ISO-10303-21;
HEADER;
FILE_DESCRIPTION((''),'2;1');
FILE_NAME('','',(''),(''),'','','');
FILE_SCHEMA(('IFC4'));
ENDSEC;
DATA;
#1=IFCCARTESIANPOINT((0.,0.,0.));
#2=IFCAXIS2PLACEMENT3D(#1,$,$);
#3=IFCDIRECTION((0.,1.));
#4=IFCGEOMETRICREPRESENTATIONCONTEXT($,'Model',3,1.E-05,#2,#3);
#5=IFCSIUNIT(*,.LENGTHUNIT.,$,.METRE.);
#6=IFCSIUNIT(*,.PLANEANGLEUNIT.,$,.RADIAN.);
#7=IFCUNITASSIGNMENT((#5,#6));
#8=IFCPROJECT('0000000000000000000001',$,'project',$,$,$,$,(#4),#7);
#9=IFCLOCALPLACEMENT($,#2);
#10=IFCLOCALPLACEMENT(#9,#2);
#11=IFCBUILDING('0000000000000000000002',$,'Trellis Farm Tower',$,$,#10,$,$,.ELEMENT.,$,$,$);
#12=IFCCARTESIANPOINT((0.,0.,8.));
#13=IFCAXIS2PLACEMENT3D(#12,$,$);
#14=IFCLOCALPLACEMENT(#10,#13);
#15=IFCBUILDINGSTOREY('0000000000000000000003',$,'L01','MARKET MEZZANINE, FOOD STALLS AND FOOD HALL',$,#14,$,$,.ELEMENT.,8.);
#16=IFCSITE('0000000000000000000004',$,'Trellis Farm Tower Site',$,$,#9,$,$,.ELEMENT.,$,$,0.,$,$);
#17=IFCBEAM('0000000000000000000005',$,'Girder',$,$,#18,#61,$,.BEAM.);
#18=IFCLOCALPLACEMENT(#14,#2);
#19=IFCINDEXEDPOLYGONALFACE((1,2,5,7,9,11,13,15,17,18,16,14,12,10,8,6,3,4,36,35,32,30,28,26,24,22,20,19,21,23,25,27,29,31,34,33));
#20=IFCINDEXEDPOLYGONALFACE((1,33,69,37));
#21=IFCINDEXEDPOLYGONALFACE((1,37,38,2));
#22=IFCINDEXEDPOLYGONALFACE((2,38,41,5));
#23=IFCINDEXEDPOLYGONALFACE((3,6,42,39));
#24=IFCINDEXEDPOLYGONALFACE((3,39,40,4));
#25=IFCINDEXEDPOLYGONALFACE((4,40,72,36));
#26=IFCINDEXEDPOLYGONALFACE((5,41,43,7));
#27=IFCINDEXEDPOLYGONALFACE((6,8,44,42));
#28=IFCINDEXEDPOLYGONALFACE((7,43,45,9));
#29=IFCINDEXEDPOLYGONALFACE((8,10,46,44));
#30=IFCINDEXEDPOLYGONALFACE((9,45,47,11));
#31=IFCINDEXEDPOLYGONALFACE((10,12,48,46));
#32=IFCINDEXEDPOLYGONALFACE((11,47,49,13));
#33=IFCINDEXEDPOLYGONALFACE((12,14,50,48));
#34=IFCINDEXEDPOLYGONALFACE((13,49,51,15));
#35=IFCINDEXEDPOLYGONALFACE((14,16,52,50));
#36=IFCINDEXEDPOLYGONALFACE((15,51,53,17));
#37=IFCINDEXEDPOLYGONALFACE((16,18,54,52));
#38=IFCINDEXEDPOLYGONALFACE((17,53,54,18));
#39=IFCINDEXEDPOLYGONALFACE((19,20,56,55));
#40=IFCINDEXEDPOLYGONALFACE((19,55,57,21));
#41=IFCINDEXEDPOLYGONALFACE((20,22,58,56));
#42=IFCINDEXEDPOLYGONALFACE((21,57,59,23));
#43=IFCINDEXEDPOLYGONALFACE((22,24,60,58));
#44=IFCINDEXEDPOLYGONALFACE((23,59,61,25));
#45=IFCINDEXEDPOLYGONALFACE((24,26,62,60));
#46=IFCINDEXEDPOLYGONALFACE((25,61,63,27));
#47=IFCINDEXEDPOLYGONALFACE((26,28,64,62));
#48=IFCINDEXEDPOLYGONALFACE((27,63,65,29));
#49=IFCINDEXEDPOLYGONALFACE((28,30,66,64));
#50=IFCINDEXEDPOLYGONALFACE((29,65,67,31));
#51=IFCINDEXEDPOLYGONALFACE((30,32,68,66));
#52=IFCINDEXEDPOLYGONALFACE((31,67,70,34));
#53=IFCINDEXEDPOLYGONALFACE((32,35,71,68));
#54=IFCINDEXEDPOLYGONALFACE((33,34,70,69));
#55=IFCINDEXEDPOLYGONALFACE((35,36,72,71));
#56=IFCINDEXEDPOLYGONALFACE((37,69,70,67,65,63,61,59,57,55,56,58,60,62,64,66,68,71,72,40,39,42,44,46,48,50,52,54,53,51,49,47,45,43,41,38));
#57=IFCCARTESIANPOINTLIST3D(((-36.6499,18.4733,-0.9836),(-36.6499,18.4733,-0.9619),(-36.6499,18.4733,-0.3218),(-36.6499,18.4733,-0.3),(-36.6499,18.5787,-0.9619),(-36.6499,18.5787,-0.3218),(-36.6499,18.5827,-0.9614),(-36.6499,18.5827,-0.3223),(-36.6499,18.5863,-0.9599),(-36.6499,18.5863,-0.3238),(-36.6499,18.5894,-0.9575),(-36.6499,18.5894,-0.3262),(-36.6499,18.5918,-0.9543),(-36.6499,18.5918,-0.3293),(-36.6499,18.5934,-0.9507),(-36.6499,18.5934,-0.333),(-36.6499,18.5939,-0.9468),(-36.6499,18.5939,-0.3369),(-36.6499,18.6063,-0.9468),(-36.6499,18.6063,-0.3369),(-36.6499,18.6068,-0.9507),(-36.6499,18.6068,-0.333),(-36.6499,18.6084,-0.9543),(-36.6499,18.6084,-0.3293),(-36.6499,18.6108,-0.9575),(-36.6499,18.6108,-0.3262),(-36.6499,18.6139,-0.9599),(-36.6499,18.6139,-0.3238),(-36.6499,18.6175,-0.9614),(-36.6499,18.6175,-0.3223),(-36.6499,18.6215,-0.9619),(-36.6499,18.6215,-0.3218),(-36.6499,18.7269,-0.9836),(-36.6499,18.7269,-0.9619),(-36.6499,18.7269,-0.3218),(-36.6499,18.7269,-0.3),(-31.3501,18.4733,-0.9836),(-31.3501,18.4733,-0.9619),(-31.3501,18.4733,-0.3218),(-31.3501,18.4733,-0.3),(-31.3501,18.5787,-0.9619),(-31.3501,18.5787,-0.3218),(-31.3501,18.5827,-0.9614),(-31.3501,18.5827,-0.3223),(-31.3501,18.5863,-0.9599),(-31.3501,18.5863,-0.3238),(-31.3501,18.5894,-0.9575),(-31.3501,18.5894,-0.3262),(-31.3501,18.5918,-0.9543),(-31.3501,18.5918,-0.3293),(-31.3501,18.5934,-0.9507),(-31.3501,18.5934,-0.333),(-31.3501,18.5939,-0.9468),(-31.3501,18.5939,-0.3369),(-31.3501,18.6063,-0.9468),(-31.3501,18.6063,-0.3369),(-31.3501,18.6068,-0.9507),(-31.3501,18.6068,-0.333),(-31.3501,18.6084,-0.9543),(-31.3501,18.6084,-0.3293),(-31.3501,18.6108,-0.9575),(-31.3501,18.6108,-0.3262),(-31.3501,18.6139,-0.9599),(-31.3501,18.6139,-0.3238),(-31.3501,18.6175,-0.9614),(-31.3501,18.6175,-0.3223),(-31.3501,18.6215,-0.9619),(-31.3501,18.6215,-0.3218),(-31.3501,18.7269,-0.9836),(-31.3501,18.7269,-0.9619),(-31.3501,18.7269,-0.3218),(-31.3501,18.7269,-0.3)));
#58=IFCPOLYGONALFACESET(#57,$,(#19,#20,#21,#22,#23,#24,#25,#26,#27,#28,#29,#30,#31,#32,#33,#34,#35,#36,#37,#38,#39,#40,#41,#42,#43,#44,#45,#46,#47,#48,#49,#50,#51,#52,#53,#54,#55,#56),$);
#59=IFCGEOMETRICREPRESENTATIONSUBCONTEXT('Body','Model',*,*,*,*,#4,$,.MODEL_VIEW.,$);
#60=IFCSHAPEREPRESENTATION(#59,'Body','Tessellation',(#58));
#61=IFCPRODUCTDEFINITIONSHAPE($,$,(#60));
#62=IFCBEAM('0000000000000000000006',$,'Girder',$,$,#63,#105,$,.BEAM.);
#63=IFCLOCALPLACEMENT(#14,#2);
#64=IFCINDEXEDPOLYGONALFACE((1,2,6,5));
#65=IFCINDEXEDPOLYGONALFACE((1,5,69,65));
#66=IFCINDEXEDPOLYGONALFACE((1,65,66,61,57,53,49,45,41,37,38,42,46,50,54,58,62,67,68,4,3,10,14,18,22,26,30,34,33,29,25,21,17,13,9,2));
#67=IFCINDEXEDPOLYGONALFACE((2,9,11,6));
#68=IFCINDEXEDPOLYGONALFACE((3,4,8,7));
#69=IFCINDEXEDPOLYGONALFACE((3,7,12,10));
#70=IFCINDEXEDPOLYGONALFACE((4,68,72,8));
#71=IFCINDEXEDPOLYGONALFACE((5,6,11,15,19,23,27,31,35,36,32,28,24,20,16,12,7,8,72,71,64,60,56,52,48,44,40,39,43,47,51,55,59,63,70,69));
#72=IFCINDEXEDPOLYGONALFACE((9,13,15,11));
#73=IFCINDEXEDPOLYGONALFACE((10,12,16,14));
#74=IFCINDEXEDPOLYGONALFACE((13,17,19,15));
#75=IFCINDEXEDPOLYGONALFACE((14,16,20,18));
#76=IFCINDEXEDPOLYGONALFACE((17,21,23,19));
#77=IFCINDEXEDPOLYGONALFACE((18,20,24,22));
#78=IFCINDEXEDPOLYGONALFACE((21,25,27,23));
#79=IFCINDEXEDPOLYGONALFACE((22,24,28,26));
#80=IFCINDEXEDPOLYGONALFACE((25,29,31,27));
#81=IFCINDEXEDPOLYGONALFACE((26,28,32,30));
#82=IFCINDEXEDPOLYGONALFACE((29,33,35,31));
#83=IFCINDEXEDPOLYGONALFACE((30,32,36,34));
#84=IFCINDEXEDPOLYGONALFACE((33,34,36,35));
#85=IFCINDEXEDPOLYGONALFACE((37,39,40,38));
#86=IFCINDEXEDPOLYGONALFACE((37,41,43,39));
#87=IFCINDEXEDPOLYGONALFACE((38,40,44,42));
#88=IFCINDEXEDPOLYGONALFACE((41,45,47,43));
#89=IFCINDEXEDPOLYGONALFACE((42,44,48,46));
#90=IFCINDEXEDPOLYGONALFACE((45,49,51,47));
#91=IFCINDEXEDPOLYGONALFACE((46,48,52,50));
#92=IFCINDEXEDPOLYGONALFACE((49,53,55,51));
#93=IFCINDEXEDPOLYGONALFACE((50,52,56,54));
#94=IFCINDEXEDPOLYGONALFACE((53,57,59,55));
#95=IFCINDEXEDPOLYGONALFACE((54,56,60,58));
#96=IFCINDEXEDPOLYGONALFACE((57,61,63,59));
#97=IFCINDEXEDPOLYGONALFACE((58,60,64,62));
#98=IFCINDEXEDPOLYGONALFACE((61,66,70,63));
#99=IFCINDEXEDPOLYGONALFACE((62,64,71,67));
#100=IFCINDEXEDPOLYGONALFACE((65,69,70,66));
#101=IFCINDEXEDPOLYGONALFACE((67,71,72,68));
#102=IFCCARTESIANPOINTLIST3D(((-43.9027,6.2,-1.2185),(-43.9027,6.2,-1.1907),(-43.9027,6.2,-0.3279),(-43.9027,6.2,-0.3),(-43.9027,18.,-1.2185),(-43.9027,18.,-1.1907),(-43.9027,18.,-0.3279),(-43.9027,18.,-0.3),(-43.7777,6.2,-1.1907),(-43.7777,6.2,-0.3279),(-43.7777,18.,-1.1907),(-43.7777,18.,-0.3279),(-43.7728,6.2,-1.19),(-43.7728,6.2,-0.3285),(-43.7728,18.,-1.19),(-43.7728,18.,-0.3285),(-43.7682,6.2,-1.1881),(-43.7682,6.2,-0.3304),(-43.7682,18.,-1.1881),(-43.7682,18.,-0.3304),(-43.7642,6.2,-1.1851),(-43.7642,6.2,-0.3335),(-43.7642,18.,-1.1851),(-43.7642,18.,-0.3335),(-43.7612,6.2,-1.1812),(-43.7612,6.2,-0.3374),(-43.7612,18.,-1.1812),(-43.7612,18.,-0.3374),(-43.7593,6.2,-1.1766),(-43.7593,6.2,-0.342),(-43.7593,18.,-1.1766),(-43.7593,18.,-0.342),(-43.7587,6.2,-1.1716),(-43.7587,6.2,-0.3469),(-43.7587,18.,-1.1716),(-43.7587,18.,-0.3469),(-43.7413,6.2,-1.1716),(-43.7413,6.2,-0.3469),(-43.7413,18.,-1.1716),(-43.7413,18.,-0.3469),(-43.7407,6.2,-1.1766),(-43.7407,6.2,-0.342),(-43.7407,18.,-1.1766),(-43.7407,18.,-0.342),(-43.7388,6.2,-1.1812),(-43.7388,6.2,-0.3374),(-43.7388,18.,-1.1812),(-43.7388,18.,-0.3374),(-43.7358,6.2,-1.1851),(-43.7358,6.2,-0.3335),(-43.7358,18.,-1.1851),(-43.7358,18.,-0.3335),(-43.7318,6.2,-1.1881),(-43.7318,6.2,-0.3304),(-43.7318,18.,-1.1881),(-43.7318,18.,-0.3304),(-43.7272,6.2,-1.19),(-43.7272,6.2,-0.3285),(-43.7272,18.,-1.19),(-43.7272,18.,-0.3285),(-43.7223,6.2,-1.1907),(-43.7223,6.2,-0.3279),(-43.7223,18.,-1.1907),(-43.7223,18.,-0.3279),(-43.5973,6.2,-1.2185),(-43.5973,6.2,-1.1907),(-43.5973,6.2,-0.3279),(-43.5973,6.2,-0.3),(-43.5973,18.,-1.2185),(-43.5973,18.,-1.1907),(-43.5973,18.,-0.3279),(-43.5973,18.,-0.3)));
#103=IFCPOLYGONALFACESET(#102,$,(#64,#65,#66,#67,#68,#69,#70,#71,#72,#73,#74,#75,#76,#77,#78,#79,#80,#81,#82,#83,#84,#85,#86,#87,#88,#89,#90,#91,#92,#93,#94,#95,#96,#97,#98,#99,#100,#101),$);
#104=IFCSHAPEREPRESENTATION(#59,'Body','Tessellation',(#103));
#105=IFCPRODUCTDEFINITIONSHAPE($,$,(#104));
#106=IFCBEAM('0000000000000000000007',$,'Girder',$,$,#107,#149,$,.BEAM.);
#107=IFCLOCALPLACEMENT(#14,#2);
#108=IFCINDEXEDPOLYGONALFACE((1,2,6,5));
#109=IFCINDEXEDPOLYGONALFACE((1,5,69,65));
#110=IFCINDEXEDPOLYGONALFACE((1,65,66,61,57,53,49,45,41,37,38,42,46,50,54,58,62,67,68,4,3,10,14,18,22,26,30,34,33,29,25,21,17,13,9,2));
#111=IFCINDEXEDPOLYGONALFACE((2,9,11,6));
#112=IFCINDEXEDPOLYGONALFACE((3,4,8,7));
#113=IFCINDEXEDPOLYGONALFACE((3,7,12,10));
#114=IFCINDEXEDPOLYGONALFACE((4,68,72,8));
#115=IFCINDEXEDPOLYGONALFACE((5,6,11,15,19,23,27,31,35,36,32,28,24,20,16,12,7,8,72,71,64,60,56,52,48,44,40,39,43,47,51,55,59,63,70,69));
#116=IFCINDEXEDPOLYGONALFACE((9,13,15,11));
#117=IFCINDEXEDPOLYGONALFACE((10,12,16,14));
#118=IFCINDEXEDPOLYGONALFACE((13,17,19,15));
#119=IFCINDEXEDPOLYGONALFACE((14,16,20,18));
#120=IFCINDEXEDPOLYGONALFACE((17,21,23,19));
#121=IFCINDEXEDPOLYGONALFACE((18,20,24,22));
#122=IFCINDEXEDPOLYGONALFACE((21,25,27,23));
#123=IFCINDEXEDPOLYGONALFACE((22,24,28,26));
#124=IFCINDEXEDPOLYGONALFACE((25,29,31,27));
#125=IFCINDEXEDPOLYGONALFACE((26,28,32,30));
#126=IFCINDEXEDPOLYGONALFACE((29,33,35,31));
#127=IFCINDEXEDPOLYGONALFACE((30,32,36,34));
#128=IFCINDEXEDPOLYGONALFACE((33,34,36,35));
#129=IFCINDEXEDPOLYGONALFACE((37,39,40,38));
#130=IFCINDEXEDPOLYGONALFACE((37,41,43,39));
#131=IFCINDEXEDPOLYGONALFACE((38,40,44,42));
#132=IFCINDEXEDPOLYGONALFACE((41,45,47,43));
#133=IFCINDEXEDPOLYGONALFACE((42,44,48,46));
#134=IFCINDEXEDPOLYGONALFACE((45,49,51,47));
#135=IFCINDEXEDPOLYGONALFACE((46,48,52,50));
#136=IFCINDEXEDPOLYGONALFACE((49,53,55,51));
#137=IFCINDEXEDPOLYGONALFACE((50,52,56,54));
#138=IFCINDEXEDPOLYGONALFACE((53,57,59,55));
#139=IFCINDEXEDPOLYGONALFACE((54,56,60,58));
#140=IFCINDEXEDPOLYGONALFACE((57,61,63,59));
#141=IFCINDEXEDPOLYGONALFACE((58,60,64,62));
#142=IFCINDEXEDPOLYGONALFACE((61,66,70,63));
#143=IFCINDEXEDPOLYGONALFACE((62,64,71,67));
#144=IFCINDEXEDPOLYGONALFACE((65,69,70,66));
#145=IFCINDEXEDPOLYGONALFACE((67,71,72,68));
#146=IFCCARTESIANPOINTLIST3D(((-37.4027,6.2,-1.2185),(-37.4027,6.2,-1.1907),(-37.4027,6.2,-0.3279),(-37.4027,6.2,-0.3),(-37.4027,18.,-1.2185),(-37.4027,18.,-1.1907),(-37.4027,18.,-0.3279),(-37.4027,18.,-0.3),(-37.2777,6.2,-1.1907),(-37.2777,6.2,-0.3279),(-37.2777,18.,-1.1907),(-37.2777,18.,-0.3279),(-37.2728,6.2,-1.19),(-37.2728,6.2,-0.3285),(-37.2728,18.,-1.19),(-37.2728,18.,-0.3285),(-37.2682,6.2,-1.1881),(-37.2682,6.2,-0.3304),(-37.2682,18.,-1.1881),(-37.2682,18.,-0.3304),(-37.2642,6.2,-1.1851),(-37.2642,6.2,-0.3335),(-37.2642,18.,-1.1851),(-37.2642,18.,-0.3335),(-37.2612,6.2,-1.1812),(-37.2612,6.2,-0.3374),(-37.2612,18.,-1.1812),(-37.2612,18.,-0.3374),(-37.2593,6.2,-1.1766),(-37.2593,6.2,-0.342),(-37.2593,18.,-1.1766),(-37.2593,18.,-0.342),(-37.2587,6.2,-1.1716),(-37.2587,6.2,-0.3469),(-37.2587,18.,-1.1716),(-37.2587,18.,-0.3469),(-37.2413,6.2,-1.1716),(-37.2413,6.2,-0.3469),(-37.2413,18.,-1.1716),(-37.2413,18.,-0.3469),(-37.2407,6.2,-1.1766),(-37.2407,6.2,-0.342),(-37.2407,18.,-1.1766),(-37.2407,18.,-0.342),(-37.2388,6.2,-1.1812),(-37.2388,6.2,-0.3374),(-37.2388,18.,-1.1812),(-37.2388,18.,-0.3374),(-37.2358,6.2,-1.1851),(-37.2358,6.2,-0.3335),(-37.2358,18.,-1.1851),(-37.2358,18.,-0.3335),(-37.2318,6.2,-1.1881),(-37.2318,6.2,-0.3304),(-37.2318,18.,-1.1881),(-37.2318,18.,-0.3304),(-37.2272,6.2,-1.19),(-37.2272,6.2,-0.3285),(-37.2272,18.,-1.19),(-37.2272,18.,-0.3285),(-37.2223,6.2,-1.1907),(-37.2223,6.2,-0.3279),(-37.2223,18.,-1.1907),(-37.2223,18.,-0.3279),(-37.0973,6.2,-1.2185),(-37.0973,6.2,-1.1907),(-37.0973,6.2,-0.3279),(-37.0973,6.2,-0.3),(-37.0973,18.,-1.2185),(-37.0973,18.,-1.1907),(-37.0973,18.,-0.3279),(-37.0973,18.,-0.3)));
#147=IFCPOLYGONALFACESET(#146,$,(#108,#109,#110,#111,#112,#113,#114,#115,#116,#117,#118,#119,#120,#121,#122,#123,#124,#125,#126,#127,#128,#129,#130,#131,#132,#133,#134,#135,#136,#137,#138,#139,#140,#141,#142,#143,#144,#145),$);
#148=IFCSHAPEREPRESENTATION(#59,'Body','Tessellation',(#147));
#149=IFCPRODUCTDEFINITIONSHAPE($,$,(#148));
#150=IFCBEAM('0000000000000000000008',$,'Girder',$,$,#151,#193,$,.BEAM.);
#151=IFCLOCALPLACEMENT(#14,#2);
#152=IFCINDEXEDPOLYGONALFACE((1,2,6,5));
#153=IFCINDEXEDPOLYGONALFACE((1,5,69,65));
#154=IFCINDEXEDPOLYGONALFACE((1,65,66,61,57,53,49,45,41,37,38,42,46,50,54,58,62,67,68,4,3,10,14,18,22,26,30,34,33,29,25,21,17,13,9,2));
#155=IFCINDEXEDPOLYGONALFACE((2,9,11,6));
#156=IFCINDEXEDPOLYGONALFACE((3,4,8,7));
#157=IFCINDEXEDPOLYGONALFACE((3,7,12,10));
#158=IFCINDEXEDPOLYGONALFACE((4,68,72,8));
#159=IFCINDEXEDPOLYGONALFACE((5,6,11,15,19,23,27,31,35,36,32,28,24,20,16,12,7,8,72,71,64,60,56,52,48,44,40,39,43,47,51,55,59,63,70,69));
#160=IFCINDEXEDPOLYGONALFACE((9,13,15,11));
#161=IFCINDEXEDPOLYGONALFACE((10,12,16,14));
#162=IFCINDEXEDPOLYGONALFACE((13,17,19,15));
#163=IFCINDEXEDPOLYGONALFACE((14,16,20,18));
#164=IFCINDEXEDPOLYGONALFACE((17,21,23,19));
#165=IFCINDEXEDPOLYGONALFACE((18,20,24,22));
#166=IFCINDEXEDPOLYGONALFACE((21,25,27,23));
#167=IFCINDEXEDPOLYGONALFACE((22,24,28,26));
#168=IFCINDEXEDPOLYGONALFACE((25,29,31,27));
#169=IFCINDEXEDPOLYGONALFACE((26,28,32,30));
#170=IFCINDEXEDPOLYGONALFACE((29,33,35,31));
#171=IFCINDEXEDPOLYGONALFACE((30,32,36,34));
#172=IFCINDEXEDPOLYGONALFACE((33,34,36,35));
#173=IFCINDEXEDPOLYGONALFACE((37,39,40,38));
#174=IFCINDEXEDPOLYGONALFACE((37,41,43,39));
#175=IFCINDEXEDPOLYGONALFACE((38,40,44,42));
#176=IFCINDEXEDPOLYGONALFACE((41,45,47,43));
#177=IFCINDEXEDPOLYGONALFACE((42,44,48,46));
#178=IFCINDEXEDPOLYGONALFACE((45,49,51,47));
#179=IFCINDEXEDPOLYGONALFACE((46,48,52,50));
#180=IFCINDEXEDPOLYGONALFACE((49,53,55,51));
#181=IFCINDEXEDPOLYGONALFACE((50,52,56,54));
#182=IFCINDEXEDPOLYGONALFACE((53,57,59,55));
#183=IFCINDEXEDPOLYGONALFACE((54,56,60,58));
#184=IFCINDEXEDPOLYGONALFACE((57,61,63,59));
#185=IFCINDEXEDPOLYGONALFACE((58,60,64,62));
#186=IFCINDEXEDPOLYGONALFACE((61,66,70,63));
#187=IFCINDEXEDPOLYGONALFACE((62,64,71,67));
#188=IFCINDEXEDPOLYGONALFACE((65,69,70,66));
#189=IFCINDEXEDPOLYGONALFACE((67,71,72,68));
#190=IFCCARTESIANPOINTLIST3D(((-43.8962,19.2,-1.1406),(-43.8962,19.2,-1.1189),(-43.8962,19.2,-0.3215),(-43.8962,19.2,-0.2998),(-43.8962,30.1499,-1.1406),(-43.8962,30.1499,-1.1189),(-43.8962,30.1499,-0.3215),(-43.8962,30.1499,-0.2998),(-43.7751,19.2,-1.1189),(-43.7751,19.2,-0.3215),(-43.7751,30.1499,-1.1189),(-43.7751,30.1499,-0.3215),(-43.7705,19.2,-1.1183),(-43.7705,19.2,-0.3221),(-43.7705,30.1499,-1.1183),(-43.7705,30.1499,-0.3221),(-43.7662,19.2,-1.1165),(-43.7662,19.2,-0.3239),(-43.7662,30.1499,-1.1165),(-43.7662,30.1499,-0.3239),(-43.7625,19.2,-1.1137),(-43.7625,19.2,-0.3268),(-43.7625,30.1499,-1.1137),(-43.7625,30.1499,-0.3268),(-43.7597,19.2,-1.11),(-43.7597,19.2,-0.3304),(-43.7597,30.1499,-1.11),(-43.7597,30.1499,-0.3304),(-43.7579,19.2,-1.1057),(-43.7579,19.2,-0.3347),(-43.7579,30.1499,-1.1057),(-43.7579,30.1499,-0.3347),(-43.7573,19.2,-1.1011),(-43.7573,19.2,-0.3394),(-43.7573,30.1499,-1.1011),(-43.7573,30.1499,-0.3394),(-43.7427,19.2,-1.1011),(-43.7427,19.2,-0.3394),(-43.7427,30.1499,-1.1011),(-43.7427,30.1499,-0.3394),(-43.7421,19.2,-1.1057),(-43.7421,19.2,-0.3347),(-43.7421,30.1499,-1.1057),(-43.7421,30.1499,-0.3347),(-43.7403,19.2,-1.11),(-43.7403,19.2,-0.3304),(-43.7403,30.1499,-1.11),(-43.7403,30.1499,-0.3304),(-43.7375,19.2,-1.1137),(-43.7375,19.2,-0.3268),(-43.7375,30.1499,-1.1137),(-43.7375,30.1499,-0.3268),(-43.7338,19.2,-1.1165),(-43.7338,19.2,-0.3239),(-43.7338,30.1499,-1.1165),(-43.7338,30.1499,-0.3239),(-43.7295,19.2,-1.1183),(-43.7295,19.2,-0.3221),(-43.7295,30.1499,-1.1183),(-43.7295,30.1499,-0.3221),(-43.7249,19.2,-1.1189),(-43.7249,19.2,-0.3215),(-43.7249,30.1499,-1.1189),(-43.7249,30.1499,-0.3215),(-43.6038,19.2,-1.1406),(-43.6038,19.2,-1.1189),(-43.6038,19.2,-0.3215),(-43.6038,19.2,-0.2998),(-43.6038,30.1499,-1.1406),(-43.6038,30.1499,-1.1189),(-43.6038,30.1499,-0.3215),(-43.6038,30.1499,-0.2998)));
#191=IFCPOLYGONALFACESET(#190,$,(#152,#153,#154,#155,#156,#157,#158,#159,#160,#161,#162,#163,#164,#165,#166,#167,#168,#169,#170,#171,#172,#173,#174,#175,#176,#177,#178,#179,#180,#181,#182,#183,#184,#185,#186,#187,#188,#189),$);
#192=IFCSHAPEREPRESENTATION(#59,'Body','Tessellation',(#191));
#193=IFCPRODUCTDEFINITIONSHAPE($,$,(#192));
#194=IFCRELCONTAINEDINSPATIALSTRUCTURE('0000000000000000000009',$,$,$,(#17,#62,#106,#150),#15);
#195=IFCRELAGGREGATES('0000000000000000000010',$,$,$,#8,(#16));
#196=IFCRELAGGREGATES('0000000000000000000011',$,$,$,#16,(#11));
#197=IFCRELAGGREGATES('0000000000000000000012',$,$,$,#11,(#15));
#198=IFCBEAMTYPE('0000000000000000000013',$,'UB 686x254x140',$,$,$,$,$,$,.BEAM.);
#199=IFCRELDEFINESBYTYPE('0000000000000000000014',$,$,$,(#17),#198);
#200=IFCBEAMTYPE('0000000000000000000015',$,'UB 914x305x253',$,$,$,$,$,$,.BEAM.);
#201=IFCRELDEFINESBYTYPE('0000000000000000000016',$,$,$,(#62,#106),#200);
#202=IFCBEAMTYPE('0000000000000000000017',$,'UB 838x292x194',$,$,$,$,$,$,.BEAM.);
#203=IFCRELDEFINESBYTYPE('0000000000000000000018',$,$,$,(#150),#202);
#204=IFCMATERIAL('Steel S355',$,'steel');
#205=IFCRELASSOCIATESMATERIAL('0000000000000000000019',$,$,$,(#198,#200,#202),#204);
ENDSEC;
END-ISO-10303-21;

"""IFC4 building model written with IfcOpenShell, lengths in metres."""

from ifc_helpers import new_model, si_unit, direction, frame, origin, origin_2d, place, context, subcontext, project, spatial, i_section, extrude, source, transform, mapped, material, material_profile, profile_set, type_object, element, save


model = new_model("IFC4")

# Units and contexts
model_context = context("Model", 3, precision=1e-05, world=origin(), true_north=direction((0.0, 1.0)))
body_context = subcontext(model_context, "Body", "Model", "MODEL_VIEW")
ifc_project = project(units=[si_unit("LENGTHUNIT", "METRE"), si_unit("PLANEANGLEUNIT", "RADIAN")], contexts=[model_context])

# Site, building, storey
site_placement = place(None, origin())
site = spatial("IfcSite", under=ifc_project, at=site_placement, Name="Trellis Farm Tower Site", CompositionType="ELEMENT", RefElevation=0.0)
building_placement = place(site_placement, origin())
building = spatial("IfcBuilding", under=site, at=building_placement, Name="Trellis Farm Tower", CompositionType="ELEMENT")
storey_placement = place(building_placement, frame((0.0, 0.0, 8.0)))
storey = spatial("IfcBuildingStorey", under=building, at=storey_placement, Name="L01", Description="MARKET MEZZANINE, FOOD STALLS AND FOOD HALL", CompositionType="ELEMENT", Elevation=8.0)

# Beams
ifc_material_1 = material(Name="Steel S355", Category="steel")
ifc_material_profile_1 = material_profile(ifc_material_1, i_section(OverallWidth=0.2537, OverallDepth=0.6836, WebThickness=0.0125, FlangeThickness=0.0217, FilletRadius=0.0151, at=origin_2d()), Name="UB 686x254x140")
ifc_profile_set_1 = profile_set([ifc_material_profile_1], Name="Steel S355")
beam_type_1 = type_object("IfcBeamType", Name="UB 686x254x140", PredefinedType="BEAM", material=ifc_profile_set_1)
shared_shape_1 = source(origin(), body_context, "Body", "SweptSolid", [
    extrude(i_section(OverallWidth=0.2537, OverallDepth=0.6836, WebThickness=0.0125, FlangeThickness=0.0217, FilletRadius=0.0151, at=origin_2d()), origin(), (0.0, 0.0, 1.0), 5.2998),
])
for number, where, z_axis, x_axis, name in (
    (1, (-36.6499, 18.6001, -0.6418), (1.0, 0.0, 0.0), (0.0, 1.0, 0.0), "Girder"),
):
    element("IfcBeam", number, at=place(storey_placement, frame(where, z_axis=z_axis, x_axis=x_axis)), inside=storey, type_object=beam_type_1, Name=name, PredefinedType="BEAM", context=body_context, shape_type="MappedRepresentation", body=[
        mapped(shared_shape_1, transform((0.0, 0.0, 0.0))),
    ])
ifc_material_profile_2 = material_profile(ifc_material_1, i_section(OverallWidth=0.3054, OverallDepth=0.9185, WebThickness=0.0173, FlangeThickness=0.0278, FilletRadius=0.019, at=origin_2d()), Name="UB 914x305x253")
ifc_profile_set_2 = profile_set([ifc_material_profile_2], Name="Steel S355")
beam_type_2 = type_object("IfcBeamType", Name="UB 914x305x253", PredefinedType="BEAM", material=ifc_profile_set_2)
shared_shape_2 = source(origin(), body_context, "Body", "SweptSolid", [
    extrude(i_section(OverallWidth=0.3054, OverallDepth=0.9185, WebThickness=0.0173, FlangeThickness=0.0278, FilletRadius=0.019, at=origin_2d()), origin(), (0.0, 0.0, 1.0), 11.8),
])
for number, where, z_axis, x_axis, name in (
    (2, (-43.75, 6.2, -0.7593), (0.0, 1.0, 0.0), (-1.0, 0.0, 0.0), "Girder"),
    (3, (-37.25, 6.2, -0.7593), (0.0, 1.0, 0.0), (-1.0, 0.0, 0.0), "Girder"),
):
    element("IfcBeam", number, at=place(storey_placement, frame(where, z_axis=z_axis, x_axis=x_axis)), inside=storey, type_object=beam_type_2, Name=name, PredefinedType="BEAM", context=body_context, shape_type="MappedRepresentation", body=[
        mapped(shared_shape_2, transform((0.0, 0.0, 0.0))),
    ])
ifc_material_profile_3 = material_profile(ifc_material_1, i_section(OverallWidth=0.2925, OverallDepth=0.8408, WebThickness=0.0146, FlangeThickness=0.0217, FilletRadius=0.0178, at=origin_2d()), Name="UB 838x292x194")
ifc_profile_set_3 = profile_set([ifc_material_profile_3], Name="Steel S355")
beam_type_3 = type_object("IfcBeamType", Name="UB 838x292x194", PredefinedType="BEAM", material=ifc_profile_set_3)
shared_shape_3 = source(origin(), body_context, "Body", "SweptSolid", [
    extrude(i_section(OverallWidth=0.2925, OverallDepth=0.8408, WebThickness=0.0146, FlangeThickness=0.0217, FilletRadius=0.0178, at=origin_2d()), origin(), (0.0, 0.0, 1.0), 10.95),
])
for number, where, z_axis, x_axis, name in (
    (4, (-43.75, 19.2, -0.7202), (0.0, 1.0, 0.0), (-1.0, 0.0, 0.0), "Girder"),
):
    element("IfcBeam", number, at=place(storey_placement, frame(where, z_axis=z_axis, x_axis=x_axis)), inside=storey, type_object=beam_type_3, Name=name, PredefinedType="BEAM", context=body_context, shape_type="MappedRepresentation", body=[
        mapped(shared_shape_3, transform((0.0, 0.0, 0.0))),
    ])

save(model, "model.ifc")
